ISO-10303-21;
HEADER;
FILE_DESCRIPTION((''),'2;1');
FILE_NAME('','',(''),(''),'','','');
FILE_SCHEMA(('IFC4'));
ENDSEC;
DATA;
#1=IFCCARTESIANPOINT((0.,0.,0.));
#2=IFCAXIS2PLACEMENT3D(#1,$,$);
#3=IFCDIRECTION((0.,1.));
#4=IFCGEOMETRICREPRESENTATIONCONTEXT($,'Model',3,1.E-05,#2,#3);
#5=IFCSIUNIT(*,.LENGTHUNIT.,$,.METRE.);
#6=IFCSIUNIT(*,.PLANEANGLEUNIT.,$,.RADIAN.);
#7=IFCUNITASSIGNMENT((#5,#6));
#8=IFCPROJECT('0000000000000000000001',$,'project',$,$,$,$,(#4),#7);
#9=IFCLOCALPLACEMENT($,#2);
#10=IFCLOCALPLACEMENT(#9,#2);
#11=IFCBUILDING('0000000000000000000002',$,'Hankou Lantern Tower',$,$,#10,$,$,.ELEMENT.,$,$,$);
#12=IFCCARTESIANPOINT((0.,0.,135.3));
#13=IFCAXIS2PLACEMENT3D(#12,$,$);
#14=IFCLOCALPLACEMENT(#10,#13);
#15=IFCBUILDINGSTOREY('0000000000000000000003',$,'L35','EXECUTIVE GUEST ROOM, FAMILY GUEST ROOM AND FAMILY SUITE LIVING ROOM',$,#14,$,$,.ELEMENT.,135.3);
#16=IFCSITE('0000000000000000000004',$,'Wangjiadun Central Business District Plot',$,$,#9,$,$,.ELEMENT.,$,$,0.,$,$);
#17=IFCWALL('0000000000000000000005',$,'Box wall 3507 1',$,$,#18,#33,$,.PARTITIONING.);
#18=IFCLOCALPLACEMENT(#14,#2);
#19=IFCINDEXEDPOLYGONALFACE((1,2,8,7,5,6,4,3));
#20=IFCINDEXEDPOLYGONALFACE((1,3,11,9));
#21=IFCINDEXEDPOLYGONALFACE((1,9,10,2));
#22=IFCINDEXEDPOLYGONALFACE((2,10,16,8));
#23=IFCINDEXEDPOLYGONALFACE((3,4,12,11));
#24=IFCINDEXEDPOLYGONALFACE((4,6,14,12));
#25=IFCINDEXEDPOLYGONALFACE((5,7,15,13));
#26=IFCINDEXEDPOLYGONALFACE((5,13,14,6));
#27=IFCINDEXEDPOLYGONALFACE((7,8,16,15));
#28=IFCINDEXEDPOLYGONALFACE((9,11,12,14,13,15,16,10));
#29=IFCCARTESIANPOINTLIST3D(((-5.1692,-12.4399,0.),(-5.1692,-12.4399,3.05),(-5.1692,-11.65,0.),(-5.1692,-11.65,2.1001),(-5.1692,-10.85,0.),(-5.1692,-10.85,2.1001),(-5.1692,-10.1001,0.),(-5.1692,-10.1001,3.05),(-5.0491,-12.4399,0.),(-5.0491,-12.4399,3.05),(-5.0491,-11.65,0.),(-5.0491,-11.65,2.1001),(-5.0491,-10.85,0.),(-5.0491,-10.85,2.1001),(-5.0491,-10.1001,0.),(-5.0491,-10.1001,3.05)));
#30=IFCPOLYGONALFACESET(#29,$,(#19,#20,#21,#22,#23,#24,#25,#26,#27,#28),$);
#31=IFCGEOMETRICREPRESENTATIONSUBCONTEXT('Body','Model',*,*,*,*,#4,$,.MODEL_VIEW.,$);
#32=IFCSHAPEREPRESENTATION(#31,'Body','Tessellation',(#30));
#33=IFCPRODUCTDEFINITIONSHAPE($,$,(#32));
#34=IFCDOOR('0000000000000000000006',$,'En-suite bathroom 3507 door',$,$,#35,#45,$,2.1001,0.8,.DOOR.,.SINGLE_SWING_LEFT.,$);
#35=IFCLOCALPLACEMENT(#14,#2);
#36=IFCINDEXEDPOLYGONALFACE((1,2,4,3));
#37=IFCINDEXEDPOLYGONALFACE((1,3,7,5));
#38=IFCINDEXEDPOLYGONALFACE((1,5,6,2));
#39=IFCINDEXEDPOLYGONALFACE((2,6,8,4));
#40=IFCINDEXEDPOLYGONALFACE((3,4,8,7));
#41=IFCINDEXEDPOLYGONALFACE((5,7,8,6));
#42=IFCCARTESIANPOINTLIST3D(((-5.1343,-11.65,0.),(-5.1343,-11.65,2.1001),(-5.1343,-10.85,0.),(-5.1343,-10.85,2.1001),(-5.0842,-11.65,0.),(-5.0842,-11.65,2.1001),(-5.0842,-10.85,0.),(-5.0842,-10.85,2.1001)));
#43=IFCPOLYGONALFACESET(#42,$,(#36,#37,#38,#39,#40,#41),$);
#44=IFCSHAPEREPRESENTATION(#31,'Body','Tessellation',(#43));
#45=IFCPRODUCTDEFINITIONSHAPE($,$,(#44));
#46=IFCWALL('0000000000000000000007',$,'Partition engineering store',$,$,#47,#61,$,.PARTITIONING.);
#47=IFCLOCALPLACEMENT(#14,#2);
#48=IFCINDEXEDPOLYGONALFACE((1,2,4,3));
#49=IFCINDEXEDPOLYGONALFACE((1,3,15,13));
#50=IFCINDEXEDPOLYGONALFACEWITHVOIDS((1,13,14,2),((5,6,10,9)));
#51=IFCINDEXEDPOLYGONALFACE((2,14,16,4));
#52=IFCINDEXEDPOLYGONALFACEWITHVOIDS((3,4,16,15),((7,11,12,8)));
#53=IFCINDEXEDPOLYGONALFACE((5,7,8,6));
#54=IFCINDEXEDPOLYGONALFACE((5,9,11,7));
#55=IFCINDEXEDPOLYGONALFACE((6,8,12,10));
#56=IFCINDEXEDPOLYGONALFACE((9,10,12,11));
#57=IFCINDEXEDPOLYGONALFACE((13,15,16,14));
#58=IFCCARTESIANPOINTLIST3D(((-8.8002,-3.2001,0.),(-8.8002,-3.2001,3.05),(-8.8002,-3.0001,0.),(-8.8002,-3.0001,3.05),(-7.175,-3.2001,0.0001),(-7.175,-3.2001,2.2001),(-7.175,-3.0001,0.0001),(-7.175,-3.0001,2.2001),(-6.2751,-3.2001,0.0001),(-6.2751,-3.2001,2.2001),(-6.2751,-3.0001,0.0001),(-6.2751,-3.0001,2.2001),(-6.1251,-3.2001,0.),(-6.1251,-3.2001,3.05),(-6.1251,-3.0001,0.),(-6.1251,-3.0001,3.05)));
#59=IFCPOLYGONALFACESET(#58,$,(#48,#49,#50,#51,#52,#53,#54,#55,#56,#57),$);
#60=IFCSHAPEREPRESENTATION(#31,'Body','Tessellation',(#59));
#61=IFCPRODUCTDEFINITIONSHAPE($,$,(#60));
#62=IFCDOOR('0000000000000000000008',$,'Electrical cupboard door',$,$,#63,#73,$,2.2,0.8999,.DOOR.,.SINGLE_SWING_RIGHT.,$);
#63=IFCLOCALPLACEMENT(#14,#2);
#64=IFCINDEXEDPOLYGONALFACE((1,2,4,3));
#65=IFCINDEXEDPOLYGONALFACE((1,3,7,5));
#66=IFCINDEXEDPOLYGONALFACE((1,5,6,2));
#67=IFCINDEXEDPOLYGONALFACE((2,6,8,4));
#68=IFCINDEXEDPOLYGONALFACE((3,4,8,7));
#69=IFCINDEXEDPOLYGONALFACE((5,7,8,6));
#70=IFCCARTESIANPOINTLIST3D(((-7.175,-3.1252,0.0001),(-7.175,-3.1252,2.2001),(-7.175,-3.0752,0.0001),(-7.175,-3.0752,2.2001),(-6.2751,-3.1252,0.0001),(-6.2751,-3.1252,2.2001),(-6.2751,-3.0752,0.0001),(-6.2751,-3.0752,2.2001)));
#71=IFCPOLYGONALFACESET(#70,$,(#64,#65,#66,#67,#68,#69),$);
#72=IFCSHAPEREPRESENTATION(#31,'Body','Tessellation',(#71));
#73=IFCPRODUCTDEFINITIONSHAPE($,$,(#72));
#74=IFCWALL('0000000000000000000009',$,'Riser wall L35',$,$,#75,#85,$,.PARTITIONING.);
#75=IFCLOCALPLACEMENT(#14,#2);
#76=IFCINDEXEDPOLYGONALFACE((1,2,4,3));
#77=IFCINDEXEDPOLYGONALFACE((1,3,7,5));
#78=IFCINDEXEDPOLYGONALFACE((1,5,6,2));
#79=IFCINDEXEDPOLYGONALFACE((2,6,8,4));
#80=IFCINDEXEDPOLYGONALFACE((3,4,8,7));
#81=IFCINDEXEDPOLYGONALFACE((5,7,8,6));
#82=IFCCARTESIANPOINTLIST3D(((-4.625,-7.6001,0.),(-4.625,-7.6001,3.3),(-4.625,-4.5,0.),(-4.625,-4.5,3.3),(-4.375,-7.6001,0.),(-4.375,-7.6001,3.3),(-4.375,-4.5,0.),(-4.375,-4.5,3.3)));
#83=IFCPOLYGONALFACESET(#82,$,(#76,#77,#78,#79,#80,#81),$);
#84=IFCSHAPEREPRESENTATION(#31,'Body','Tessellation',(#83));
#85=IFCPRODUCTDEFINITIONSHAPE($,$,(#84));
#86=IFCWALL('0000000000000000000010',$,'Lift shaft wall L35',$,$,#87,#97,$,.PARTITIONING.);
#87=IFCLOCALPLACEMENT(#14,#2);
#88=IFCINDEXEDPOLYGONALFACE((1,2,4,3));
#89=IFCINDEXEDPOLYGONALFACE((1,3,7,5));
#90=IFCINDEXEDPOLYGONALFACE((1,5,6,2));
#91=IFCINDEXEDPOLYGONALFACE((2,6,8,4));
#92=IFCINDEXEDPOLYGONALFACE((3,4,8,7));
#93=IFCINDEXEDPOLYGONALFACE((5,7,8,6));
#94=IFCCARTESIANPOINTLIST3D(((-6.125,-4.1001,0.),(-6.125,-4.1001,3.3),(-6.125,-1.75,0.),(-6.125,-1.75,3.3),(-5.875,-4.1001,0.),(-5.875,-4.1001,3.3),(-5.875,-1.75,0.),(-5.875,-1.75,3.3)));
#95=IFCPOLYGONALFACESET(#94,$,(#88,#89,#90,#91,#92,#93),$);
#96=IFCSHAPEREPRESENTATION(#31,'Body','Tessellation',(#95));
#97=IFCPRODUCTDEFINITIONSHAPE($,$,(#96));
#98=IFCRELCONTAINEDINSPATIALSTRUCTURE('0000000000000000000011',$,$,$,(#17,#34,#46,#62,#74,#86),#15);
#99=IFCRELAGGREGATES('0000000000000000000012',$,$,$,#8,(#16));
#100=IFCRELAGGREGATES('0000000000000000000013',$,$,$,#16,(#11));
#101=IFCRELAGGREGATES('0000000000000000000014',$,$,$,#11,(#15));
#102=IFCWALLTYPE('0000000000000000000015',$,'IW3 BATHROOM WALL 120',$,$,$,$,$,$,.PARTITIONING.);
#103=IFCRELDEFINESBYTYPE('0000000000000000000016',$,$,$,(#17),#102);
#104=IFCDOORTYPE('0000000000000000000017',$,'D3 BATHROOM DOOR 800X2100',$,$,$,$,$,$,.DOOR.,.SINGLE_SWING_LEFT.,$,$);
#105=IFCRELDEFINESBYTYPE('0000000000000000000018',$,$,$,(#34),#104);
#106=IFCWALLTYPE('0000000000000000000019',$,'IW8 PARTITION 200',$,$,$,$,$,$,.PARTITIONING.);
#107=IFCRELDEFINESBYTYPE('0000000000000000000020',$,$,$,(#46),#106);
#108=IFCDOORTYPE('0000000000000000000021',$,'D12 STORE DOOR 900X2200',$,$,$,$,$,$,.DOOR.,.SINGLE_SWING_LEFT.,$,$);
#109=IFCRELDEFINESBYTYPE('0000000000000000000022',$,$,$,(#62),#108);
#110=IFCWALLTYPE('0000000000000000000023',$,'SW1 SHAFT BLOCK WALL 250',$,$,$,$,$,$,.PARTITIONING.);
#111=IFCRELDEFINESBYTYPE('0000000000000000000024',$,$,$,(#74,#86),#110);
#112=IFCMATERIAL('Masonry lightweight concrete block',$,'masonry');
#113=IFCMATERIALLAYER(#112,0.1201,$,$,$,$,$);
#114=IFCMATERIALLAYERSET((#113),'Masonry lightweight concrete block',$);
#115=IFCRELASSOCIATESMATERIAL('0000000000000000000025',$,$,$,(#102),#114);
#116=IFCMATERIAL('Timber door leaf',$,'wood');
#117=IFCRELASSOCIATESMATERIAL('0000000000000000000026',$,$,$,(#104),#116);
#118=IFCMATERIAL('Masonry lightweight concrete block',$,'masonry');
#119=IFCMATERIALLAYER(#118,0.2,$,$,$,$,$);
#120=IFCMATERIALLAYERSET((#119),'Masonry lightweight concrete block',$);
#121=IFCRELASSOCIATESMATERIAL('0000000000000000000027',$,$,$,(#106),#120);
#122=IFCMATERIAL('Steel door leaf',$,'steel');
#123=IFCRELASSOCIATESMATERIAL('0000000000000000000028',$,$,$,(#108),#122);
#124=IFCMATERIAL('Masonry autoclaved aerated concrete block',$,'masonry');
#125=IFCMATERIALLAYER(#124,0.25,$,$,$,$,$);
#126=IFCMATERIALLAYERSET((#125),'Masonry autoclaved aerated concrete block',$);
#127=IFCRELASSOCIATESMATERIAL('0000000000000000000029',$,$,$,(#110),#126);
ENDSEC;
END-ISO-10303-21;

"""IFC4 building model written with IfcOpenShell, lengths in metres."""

from ifc_helpers import new_model, si_unit, direction, frame, frame_2d, origin, place, context, subcontext, project, spatial, rectangle, extrude, material, layer, layer_set, type_object, element, fill, save


model = new_model("IFC4")

# Units and contexts
model_context = context("Model", 3, precision=1e-05, world=origin(), true_north=direction((0.0, 1.0)))
body_context = subcontext(model_context, "Body", "Model", "MODEL_VIEW")
ifc_project = project(units=[si_unit("LENGTHUNIT", "METRE"), si_unit("PLANEANGLEUNIT", "RADIAN")], contexts=[model_context])

# Site, building, storey
site_placement = place(None, origin())
site = spatial("IfcSite", under=ifc_project, at=site_placement, Name="Wangjiadun Central Business District Plot", CompositionType="ELEMENT", RefElevation=0.0)
building_placement = place(site_placement, origin())
building = spatial("IfcBuilding", under=site, at=building_placement, Name="Hankou Lantern Tower", CompositionType="ELEMENT")
storey_placement = place(building_placement, frame((0.0, 0.0, 135.3)))
storey = spatial("IfcBuildingStorey", under=building, at=storey_placement, Name="L35", Description="EXECUTIVE GUEST ROOM, FAMILY GUEST ROOM AND FAMILY SUITE LIVING ROOM", CompositionType="ELEMENT", Elevation=135.3)

# Walls, openings, doors
ifc_material_1 = material(Name="Masonry lightweight concrete block", Category="masonry")
ifc_layer_1 = layer(ifc_material_1, 0.1201)
ifc_layer_set_1 = layer_set([ifc_layer_1], Name="Masonry lightweight concrete block")
wall_type_1 = type_object("IfcWallType", Name="IW3 BATHROOM WALL 120", PredefinedType="PARTITIONING", material=ifc_layer_set_1)
ifc_material_2 = material(Name="Timber door leaf", Category="wood")
door_type_1 = type_object("IfcDoorType", Name="D3 BATHROOM DOOR 800X2100", OperationType="SINGLE_SWING_LEFT", PredefinedType="DOOR", material=ifc_material_2)
wall_1_placement = place(storey_placement, frame((-5.1091, -10.1001, 0.0), z_axis=(0.0, 0.0, 1.0), x_axis=(0.0, -1.0, 0.0)))
wall_1 = element("IfcWall", 1, at=wall_1_placement, inside=storey, type_object=wall_type_1, Name="Box wall 3507 1", PredefinedType="PARTITIONING", context=body_context, shape_type="SweptSolid", body=[
    extrude(rectangle(XDim=2.3398, YDim=0.1201, at=frame_2d((1.1699, 0.0))), origin(), (0.0, 0.0, 1.0), 3.05),
])
opening_1_placement = place(wall_1_placement, frame((0.75, 0.0, 0.0)))
opening_1 = element("IfcOpeningElement", 2, at=opening_1_placement, cuts=wall_1, PredefinedType="OPENING", context=body_context, shape_type="SweptSolid", body=[
    extrude(rectangle(XDim=0.8, YDim=2.1001, at=frame_2d((0.3999, 1.05))), frame((0.0, 0.0701, 0.0), z_axis=(0.0, -1.0, 0.0), x_axis=(1.0, 0.0, 0.0)), (0.0, 0.0, 1.0), 0.1401),
])
door_1_placement = place(opening_1_placement, origin())
door_1 = element("IfcDoor", 3, at=door_1_placement, inside=storey, type_object=door_type_1, Name="En-suite bathroom 3507 door", OperationType="SINGLE_SWING_LEFT", OverallHeight=2.1001, OverallWidth=0.8, PredefinedType="DOOR", context=body_context, shape_type="SweptSolid", body=[
    extrude(rectangle(XDim=0.8, YDim=2.1001, at=frame_2d((0.3999, 1.05))), frame((0.0, 0.0249, 0.0), z_axis=(0.0, -1.0, 0.0), x_axis=(1.0, 0.0, 0.0)), (0.0, 0.0, 1.0), 0.05),
])
fill(opening_1, door_1)
ifc_material_3 = material(Name="Masonry lightweight concrete block", Category="masonry")
ifc_layer_2 = layer(ifc_material_3, 0.2)
ifc_layer_set_2 = layer_set([ifc_layer_2], Name="Masonry lightweight concrete block")
wall_type_2 = type_object("IfcWallType", Name="IW8 PARTITION 200", PredefinedType="PARTITIONING", material=ifc_layer_set_2)
wall_2_placement = place(storey_placement, frame((-8.8, -3.1001, 0.0), z_axis=(0.0, 0.0, 1.0), x_axis=(1.0, 0.0, 0.0)))
wall_2 = element("IfcWall", 4, at=wall_2_placement, inside=storey, type_object=wall_type_2, Name="Partition engineering store", PredefinedType="PARTITIONING", context=body_context, shape_type="SweptSolid", body=[
    extrude(rectangle(XDim=2.675, YDim=0.2, at=frame_2d((1.3374, 0.0))), origin(), (0.0, 0.0, 1.0), 3.05),
])
opening_2_placement = place(wall_2_placement, frame((1.625, 0.0, 0.0)))
opening_2 = element("IfcOpeningElement", 5, at=opening_2_placement, cuts=wall_2, PredefinedType="OPENING", context=body_context, shape_type="SweptSolid", body=[
    extrude(rectangle(XDim=0.8999, YDim=2.2, at=frame_2d((0.45, 1.1001))), frame((0.0, 0.1099, 0.0), z_axis=(0.0, -1.0, 0.0), x_axis=(1.0, 0.0, 0.0)), (0.0, 0.0, 1.0), 0.22),
])
ifc_material_4 = material(Name="Steel door leaf", Category="steel")
door_type_2 = type_object("IfcDoorType", Name="D12 STORE DOOR 900X2200", OperationType="SINGLE_SWING_LEFT", PredefinedType="DOOR", material=ifc_material_4)
door_2_placement = place(opening_2_placement, origin())
door_2 = element("IfcDoor", 6, at=door_2_placement, inside=storey, type_object=door_type_2, Name="Electrical cupboard door", OperationType="SINGLE_SWING_RIGHT", OverallHeight=2.2, OverallWidth=0.8999, PredefinedType="DOOR", context=body_context, shape_type="SweptSolid", body=[
    extrude(rectangle(XDim=0.8999, YDim=2.2, at=frame_2d((0.45, 1.1001))), frame((0.0, 0.0249, 0.0), z_axis=(0.0, -1.0, 0.0), x_axis=(1.0, 0.0, 0.0)), (0.0, 0.0, 1.0), 0.05),
])
fill(opening_2, door_2)

# Walls
ifc_material_5 = material(Name="Masonry autoclaved aerated concrete block", Category="masonry")
ifc_layer_3 = layer(ifc_material_5, 0.25)
ifc_layer_set_3 = layer_set([ifc_layer_3], Name="Masonry autoclaved aerated concrete block")
wall_type_3 = type_object("IfcWallType", Name="SW1 SHAFT BLOCK WALL 250", PredefinedType="PARTITIONING", material=ifc_layer_set_3)
wall_3_placement = place(storey_placement, frame((-4.5, -7.6001, 0.0), z_axis=(0.0, 0.0, 1.0), x_axis=(0.0, 1.0, 0.0)))
element("IfcWall", 7, at=wall_3_placement, inside=storey, type_object=wall_type_3, Name="Riser wall L35", PredefinedType="PARTITIONING", context=body_context, shape_type="SweptSolid", body=[
    extrude(rectangle(XDim=3.1001, YDim=0.25, at=frame_2d((1.55, 0.0))), origin(), (0.0, 0.0, 1.0), 3.3),
])
wall_4_placement = place(storey_placement, frame((-6.0, -4.1001, 0.0), z_axis=(0.0, 0.0, 1.0), x_axis=(0.0, 1.0, 0.0)))
element("IfcWall", 8, at=wall_4_placement, inside=storey, type_object=wall_type_3, Name="Lift shaft wall L35", PredefinedType="PARTITIONING", context=body_context, shape_type="SweptSolid", body=[
    extrude(rectangle(XDim=2.3501, YDim=0.25, at=frame_2d((1.175, 0.0))), origin(), (0.0, 0.0, 1.0), 3.3),
])

save(model, "model.ifc")
